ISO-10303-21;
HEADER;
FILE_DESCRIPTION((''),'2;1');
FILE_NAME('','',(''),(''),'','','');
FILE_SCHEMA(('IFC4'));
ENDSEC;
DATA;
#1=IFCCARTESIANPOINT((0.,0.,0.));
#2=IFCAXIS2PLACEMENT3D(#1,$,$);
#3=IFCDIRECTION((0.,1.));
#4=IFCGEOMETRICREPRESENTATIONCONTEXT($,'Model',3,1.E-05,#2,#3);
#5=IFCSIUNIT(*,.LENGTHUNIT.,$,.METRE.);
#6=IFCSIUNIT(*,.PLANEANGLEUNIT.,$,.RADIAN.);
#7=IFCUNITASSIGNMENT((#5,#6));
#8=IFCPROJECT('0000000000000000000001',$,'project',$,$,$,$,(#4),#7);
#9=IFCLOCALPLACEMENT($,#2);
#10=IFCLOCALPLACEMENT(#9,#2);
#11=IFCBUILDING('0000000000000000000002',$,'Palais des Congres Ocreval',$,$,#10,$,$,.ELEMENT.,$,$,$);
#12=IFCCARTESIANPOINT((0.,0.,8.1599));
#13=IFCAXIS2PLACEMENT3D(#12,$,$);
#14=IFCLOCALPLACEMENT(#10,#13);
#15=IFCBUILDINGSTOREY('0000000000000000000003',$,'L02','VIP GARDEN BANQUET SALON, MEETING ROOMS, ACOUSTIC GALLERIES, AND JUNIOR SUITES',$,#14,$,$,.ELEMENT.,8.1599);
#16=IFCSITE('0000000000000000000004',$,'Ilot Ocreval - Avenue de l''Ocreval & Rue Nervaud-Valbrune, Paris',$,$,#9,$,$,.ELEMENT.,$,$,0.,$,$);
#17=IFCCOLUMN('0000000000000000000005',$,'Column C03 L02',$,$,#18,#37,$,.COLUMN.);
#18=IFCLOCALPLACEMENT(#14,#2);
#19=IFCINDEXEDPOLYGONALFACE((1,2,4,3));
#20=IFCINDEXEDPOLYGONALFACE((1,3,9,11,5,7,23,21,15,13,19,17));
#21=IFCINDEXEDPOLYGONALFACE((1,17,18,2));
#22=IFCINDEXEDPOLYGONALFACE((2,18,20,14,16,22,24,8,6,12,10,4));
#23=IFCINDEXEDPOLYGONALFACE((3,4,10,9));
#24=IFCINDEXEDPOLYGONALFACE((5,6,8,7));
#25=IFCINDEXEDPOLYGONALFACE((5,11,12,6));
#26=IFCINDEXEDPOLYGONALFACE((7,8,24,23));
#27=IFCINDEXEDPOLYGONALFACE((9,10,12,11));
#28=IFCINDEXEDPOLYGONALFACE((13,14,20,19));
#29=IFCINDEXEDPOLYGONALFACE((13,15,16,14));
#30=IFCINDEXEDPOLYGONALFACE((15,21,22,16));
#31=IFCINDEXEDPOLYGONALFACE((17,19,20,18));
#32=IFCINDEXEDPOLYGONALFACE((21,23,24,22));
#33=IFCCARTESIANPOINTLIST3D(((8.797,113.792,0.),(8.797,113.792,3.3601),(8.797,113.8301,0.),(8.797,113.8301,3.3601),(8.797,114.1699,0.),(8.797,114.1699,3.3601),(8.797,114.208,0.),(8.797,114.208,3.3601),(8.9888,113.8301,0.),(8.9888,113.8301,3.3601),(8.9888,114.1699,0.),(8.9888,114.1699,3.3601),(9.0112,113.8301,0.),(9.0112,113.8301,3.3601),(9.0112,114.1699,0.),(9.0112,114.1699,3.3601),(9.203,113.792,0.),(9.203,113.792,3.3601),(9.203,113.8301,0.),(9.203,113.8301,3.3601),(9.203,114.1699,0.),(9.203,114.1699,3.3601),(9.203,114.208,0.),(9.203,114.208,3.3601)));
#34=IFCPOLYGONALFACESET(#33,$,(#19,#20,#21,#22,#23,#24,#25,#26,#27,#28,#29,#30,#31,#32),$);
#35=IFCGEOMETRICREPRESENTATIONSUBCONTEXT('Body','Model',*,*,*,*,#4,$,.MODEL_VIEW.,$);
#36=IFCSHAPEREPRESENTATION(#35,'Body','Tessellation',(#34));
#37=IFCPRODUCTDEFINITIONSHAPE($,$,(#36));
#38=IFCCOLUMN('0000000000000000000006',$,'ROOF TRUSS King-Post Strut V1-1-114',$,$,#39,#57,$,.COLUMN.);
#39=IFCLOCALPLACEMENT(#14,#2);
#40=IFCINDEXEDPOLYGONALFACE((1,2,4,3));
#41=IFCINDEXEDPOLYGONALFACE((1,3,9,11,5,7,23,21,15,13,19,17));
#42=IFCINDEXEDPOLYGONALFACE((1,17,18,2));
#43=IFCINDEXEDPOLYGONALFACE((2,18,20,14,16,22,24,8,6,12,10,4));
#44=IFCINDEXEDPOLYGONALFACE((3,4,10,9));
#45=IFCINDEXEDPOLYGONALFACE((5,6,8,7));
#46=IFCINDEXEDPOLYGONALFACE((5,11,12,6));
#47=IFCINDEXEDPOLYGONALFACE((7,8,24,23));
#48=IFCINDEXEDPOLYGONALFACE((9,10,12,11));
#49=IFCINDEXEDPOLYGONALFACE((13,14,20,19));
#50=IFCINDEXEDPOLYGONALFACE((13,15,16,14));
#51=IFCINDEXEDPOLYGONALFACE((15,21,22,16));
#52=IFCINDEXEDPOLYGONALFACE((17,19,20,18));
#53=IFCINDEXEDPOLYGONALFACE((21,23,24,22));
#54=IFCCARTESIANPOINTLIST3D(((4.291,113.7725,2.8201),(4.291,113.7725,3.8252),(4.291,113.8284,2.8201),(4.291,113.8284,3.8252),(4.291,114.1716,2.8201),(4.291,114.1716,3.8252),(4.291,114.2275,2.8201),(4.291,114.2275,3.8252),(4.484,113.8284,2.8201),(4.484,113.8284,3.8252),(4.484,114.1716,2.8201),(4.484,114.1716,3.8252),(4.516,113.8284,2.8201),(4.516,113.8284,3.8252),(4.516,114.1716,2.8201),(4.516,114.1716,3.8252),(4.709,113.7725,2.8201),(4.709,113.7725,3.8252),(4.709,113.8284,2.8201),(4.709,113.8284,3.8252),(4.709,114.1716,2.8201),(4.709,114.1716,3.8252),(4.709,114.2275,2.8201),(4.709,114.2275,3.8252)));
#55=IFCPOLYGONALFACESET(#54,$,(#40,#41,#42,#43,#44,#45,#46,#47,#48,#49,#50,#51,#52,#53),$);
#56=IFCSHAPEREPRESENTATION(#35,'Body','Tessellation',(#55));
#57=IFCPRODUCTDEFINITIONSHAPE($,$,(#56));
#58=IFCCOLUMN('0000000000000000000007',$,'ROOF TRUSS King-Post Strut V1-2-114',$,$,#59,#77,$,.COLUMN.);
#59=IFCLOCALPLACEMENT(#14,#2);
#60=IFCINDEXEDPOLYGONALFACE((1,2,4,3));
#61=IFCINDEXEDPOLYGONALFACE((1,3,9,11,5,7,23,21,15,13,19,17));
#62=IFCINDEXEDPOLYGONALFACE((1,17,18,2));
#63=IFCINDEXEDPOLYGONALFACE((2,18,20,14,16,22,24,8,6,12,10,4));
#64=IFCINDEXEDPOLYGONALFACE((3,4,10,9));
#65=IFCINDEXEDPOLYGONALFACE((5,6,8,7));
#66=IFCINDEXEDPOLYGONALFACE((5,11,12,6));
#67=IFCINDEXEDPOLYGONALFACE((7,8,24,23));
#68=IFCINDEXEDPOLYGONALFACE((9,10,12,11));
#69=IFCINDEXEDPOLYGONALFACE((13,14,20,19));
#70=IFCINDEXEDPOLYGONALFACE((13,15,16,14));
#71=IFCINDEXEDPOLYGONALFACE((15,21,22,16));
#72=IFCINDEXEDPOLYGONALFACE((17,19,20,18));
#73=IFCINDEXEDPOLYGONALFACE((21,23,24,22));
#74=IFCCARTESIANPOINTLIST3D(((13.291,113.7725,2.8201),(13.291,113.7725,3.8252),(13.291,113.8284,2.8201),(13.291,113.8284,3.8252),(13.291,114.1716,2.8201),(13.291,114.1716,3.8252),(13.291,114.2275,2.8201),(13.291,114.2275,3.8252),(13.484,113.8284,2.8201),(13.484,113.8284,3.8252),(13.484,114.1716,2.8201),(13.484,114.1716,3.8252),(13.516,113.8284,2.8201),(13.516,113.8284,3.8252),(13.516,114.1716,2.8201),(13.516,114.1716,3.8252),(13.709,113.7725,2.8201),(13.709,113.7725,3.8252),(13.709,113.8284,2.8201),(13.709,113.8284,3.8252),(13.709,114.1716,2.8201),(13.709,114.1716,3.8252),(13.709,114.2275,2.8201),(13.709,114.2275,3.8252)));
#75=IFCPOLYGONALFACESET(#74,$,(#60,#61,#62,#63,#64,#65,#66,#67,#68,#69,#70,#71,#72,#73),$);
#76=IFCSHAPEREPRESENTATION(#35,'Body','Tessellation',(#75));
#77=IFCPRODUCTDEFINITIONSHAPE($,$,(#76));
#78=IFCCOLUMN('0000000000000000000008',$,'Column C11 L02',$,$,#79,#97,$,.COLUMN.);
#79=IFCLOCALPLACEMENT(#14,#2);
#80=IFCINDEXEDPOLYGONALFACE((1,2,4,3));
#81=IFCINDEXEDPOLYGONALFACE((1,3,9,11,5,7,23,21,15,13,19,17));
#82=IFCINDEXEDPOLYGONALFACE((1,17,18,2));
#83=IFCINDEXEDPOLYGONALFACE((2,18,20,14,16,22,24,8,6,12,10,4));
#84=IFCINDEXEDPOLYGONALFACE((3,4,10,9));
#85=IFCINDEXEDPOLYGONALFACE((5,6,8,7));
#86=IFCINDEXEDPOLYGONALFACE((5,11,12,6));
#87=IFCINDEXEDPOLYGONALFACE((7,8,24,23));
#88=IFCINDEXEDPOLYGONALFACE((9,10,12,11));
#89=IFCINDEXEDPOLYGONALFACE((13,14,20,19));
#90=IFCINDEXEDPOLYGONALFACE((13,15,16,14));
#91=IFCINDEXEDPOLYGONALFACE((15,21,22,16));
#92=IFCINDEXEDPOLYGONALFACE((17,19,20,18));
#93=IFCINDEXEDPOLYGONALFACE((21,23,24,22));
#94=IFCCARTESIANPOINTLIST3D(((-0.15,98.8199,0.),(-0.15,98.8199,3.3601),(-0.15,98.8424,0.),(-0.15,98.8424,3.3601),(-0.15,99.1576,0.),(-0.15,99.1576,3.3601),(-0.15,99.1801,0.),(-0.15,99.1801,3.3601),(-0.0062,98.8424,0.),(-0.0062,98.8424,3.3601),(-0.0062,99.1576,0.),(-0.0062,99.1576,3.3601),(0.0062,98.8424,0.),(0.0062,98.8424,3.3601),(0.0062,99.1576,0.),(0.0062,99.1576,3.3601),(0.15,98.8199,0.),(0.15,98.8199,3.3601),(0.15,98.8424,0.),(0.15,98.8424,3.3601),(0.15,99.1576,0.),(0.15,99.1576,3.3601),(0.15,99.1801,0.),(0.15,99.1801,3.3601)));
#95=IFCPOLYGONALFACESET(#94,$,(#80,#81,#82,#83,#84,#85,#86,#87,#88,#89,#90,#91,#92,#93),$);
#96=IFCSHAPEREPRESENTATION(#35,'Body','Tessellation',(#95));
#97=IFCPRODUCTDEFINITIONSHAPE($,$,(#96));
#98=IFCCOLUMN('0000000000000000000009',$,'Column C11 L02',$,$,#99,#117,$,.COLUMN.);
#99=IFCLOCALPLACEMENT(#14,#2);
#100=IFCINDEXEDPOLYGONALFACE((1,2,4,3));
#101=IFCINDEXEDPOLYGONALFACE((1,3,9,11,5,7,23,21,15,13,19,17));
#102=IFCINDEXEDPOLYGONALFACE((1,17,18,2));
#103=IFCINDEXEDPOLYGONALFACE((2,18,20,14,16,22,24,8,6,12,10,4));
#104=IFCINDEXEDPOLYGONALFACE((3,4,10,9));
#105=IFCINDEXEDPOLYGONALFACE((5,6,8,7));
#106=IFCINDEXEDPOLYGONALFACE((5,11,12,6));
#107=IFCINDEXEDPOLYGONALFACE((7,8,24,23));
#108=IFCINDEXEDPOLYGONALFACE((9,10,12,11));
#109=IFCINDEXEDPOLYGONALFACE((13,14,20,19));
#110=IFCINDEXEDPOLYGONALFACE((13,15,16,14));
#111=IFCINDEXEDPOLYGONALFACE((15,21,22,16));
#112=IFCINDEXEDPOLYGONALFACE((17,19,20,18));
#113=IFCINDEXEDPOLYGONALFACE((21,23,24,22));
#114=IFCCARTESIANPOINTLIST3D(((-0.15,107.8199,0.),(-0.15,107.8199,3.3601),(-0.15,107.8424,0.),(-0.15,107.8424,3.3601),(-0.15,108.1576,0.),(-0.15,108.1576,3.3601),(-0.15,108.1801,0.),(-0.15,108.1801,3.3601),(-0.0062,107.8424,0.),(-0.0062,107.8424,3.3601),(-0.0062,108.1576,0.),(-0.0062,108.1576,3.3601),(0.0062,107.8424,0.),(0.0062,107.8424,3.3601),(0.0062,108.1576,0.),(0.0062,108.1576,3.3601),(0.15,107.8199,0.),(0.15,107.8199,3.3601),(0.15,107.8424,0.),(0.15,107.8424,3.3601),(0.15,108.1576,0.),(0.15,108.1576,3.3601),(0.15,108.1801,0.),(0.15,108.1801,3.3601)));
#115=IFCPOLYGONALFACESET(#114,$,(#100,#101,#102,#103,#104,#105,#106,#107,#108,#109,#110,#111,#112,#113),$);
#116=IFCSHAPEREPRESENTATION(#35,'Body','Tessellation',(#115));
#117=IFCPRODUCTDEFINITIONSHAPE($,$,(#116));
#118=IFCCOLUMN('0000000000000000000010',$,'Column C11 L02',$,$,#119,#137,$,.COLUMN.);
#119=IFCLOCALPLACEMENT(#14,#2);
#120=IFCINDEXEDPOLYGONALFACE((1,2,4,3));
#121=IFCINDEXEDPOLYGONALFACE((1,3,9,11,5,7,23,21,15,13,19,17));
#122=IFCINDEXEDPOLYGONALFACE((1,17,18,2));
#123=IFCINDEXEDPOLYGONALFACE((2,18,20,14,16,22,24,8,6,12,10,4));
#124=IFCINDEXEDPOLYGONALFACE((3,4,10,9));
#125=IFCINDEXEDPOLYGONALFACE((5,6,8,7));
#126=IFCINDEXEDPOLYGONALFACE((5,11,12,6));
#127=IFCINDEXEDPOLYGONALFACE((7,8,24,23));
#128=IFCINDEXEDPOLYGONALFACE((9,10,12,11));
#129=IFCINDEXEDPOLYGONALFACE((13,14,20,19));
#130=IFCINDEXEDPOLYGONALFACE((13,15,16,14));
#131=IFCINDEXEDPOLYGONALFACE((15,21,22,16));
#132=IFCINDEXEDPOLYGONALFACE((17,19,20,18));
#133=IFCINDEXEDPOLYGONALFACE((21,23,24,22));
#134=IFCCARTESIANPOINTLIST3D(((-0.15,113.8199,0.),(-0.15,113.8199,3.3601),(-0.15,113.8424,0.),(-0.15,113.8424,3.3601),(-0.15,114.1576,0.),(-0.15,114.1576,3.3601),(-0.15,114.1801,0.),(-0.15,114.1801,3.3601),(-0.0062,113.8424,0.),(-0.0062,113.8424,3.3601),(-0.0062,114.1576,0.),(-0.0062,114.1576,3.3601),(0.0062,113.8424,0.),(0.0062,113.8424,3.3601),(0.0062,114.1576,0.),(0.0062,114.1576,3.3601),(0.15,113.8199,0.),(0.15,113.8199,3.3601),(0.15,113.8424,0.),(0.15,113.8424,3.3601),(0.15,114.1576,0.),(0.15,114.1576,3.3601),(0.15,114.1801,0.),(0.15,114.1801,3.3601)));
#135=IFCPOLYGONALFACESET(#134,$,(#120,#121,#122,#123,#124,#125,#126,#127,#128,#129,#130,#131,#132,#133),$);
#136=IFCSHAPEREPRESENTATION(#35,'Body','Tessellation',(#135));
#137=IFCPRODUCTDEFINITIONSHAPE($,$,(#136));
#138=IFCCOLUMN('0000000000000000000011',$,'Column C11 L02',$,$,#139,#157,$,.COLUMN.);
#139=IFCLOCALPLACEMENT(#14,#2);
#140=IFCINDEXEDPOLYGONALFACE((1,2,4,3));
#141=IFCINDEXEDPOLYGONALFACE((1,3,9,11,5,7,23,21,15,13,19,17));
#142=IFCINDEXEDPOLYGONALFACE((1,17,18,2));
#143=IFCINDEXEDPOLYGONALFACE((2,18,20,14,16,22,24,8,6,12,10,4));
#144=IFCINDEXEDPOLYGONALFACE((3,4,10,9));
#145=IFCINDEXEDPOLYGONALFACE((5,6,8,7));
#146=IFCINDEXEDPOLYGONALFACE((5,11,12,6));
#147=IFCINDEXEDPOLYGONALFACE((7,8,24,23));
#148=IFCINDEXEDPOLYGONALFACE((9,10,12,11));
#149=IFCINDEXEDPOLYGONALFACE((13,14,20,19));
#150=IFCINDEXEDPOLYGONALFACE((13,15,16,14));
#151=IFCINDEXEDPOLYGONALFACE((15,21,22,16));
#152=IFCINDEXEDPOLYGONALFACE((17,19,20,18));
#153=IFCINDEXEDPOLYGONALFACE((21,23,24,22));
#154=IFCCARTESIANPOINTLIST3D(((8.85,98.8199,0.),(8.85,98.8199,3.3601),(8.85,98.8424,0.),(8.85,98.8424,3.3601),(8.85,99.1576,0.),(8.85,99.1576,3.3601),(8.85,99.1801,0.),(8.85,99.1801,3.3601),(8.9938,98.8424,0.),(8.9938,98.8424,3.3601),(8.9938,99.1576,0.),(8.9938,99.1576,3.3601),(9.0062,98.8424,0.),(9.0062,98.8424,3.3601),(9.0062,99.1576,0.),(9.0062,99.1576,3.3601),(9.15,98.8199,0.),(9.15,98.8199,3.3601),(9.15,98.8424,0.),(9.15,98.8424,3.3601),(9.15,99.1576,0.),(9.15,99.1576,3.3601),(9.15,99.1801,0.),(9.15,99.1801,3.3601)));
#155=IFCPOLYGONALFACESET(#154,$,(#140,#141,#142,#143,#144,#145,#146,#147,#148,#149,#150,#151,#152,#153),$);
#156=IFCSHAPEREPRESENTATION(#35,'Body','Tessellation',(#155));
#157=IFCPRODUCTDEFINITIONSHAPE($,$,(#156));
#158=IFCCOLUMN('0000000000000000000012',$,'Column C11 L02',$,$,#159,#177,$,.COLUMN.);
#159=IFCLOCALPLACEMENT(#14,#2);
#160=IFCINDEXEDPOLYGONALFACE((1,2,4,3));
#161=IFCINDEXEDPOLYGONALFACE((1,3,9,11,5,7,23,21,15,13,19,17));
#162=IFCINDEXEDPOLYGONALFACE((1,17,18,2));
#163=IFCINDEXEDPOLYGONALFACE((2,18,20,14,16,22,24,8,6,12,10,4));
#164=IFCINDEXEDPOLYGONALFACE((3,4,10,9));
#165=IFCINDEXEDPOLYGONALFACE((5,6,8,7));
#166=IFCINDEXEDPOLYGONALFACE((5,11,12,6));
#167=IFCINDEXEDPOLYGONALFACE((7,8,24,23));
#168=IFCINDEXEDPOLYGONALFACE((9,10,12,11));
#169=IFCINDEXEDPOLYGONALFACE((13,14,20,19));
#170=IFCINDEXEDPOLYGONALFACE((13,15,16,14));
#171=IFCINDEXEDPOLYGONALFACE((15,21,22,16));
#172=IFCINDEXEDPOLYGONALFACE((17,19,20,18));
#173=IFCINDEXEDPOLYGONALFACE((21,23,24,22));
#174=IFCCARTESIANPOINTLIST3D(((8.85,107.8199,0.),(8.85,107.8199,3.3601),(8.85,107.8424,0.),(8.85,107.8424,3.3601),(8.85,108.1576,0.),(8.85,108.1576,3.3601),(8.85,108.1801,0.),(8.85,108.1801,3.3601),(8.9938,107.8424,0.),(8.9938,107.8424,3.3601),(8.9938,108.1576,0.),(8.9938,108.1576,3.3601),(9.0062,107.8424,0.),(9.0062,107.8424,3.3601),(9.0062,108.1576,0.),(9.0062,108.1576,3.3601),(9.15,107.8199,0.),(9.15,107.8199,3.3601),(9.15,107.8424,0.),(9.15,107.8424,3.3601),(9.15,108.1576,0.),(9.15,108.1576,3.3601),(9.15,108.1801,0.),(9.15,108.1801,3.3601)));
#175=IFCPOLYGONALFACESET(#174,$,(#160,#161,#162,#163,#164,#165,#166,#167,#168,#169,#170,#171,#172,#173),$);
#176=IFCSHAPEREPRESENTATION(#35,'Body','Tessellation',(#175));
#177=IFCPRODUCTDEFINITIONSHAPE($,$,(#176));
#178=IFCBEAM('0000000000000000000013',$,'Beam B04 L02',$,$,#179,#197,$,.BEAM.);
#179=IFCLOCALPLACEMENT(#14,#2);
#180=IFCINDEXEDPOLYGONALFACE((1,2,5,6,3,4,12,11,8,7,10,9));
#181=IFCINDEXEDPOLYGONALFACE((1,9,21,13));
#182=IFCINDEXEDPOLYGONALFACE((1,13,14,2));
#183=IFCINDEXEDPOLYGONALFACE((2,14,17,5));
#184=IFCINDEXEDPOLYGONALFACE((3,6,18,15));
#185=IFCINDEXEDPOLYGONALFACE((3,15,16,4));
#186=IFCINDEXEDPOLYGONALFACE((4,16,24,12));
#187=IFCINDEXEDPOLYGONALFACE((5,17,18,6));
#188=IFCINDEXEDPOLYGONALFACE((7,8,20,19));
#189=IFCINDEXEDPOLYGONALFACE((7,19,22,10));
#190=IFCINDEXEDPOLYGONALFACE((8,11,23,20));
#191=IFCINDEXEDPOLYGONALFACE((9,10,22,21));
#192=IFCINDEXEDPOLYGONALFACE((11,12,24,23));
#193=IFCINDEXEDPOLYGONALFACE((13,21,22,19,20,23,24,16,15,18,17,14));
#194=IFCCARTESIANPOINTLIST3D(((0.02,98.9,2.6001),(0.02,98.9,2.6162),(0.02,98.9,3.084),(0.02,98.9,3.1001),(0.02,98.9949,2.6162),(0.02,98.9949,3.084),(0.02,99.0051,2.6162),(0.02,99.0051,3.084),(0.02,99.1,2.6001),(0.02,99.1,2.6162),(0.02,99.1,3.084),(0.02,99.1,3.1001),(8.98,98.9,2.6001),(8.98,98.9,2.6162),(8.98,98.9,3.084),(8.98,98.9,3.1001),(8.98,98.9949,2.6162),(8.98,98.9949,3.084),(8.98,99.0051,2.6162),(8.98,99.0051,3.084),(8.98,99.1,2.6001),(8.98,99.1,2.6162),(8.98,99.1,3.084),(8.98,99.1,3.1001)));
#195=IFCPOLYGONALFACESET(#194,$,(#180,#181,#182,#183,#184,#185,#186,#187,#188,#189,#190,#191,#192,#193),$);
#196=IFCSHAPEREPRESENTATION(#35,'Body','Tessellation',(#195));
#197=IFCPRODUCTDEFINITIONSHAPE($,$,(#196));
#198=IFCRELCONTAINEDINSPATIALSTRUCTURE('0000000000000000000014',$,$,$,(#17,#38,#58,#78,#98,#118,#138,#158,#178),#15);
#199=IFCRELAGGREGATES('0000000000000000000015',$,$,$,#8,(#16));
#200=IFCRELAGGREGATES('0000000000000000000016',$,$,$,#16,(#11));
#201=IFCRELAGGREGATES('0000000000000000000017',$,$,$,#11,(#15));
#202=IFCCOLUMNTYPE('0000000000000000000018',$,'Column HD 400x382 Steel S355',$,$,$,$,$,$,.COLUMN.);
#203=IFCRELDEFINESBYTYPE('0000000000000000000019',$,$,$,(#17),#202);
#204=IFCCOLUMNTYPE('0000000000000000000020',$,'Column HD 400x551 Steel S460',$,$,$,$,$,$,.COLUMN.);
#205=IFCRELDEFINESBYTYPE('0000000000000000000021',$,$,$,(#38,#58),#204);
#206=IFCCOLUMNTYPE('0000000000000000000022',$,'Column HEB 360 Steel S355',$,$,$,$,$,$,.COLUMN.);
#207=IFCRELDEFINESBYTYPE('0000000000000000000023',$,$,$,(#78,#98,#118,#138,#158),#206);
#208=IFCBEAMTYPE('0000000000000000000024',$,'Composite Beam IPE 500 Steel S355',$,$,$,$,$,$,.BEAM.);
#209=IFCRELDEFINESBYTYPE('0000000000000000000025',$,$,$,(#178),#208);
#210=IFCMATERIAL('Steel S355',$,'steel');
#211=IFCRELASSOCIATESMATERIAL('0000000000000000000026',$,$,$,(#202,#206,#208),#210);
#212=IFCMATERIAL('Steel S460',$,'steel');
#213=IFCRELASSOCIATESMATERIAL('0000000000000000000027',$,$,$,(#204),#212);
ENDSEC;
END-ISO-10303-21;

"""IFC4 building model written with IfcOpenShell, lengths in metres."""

from ifc_helpers import new_model, si_unit, direction, frame, origin, origin_2d, place, context, subcontext, project, spatial, i_section, extrude, material, material_profile, profile_set, type_object, element, save


model = new_model("IFC4")

# Units and contexts
model_context = context("Model", 3, precision=1e-05, world=origin(), true_north=direction((0.0, 1.0)))
body_context = subcontext(model_context, "Body", "Model", "MODEL_VIEW")
ifc_project = project(units=[si_unit("LENGTHUNIT", "METRE"), si_unit("PLANEANGLEUNIT", "RADIAN")], contexts=[model_context])

# Site, building, storey
site_placement = place(None, origin())
site = spatial("IfcSite", under=ifc_project, at=site_placement, Name="Ilot Ocreval - Avenue de l'Ocreval & Rue Nervaud-Valbrune, Paris", CompositionType="ELEMENT", RefElevation=0.0)
building_placement = place(site_placement, origin())
building = spatial("IfcBuilding", under=site, at=building_placement, Name="Palais des Congres Ocreval", CompositionType="ELEMENT")
storey_placement = place(building_placement, frame((0.0, 0.0, 8.1599)))
storey = spatial("IfcBuildingStorey", under=building, at=storey_placement, Name="L02", Description="VIP GARDEN BANQUET SALON, MEETING ROOMS, ACOUSTIC GALLERIES, AND JUNIOR SUITES", CompositionType="ELEMENT", Elevation=8.1599)

# Columns
ifc_material_1 = material(Name="Steel S355", Category="steel")
ifc_material_profile_1 = material_profile(ifc_material_1, i_section(OverallWidth=0.406, OverallDepth=0.416, WebThickness=0.0225, FlangeThickness=0.0381, at=origin_2d()), Name="HD 400x382")
ifc_profile_set_1 = profile_set([ifc_material_profile_1], Name="Steel S355")
column_type_1 = type_object("IfcColumnType", Name="Column HD 400x382 Steel S355", PredefinedType="COLUMN", material=ifc_profile_set_1)
column_placement = place(storey_placement, frame((9.0, 114.0, 0.0), z_axis=(0.0, 0.0, 1.0), x_axis=(1.0, 0.0, 0.0)))
element("IfcColumn", 1, at=column_placement, inside=storey, type_object=column_type_1, Name="Column C03 L02", PredefinedType="COLUMN", context=body_context, shape_type="SweptSolid", body=[
    extrude(i_section(OverallWidth=0.406, OverallDepth=0.416, WebThickness=0.0225, FlangeThickness=0.0381, at=origin_2d()), origin(), (0.0, 0.0, 1.0), 3.3601),
])
ifc_material_2 = material(Name="Steel S460", Category="steel")
ifc_material_profile_2 = material_profile(ifc_material_2, i_section(OverallWidth=0.418, OverallDepth=0.4551, WebThickness=0.032, FlangeThickness=0.0559, at=origin_2d()), Name="HD 400x551")
ifc_profile_set_2 = profile_set([ifc_material_profile_2], Name="Steel S460")
column_type_2 = type_object("IfcColumnType", Name="Column HD 400x551 Steel S460", PredefinedType="COLUMN", material=ifc_profile_set_2)
for number, where, z_axis, x_axis, name in (
    (2, (4.5, 114.0, 2.8201), (0.0, 0.0, 1.0), (1.0, 0.0, 0.0), "ROOF TRUSS King-Post Strut V1-1-114"),
    (3, (13.5, 114.0, 2.8201), (0.0, 0.0, 1.0), (1.0, 0.0, 0.0), "ROOF TRUSS King-Post Strut V1-2-114"),
):
    element("IfcColumn", number, at=place(storey_placement, frame(where, z_axis=z_axis, x_axis=x_axis)), inside=storey, type_object=column_type_2, Name=name, PredefinedType="COLUMN", context=body_context, shape_type="SweptSolid", body=[
        extrude(i_section(OverallWidth=0.418, OverallDepth=0.4551, WebThickness=0.032, FlangeThickness=0.0559, at=origin_2d()), origin(), (0.0, 0.0, 1.0), 1.0051),
    ])
ifc_material_profile_3 = material_profile(ifc_material_1, i_section(OverallWidth=0.3, OverallDepth=0.3601, WebThickness=0.0125, FlangeThickness=0.0225, at=origin_2d()), Name="HEB 360")
ifc_profile_set_3 = profile_set([ifc_material_profile_3], Name="Steel S355")
column_type_3 = type_object("IfcColumnType", Name="Column HEB 360 Steel S355", PredefinedType="COLUMN", material=ifc_profile_set_3)
for number, where, z_axis, x_axis, name in (
    (4, (0.0, 99.0, 0.0), (0.0, 0.0, 1.0), (1.0, 0.0, 0.0), "Column C11 L02"),
    (5, (0.0, 108.0, 0.0), (0.0, 0.0, 1.0), (1.0, 0.0, 0.0), "Column C11 L02"),
    (6, (0.0, 114.0, 0.0), (0.0, 0.0, 1.0), (1.0, 0.0, 0.0), "Column C11 L02"),
    (7, (9.0, 99.0, 0.0), (0.0, 0.0, 1.0), (1.0, 0.0, 0.0), "Column C11 L02"),
    (8, (9.0, 108.0, 0.0), (0.0, 0.0, 1.0), (1.0, 0.0, 0.0), "Column C11 L02"),
):
    element("IfcColumn", number, at=place(storey_placement, frame(where, z_axis=z_axis, x_axis=x_axis)), inside=storey, type_object=column_type_3, Name=name, PredefinedType="COLUMN", context=body_context, shape_type="SweptSolid", body=[
        extrude(i_section(OverallWidth=0.3, OverallDepth=0.3601, WebThickness=0.0125, FlangeThickness=0.0225, at=origin_2d()), origin(), (0.0, 0.0, 1.0), 3.3601),
    ])

# Beam
ifc_material_profile_4 = material_profile(ifc_material_1, i_section(OverallWidth=0.2, OverallDepth=0.5, WebThickness=0.0103, FlangeThickness=0.0161, at=origin_2d()), Name="IPE 500")
ifc_profile_set_4 = profile_set([ifc_material_profile_4], Name="Steel S355")
beam_type_1 = type_object("IfcBeamType", Name="Composite Beam IPE 500 Steel S355", PredefinedType="BEAM", material=ifc_profile_set_4)
beam_1_placement = place(storey_placement, frame((0.02, 99.0, 2.8501), z_axis=(1.0, 0.0, 0.0), x_axis=(0.0, 1.0, 0.0)))
element("IfcBeam", 9, at=beam_1_placement, inside=storey, type_object=beam_type_1, Name="Beam B04 L02", PredefinedType="BEAM", context=body_context, shape_type="SweptSolid", body=[
    extrude(i_section(OverallWidth=0.2, OverallDepth=0.5, WebThickness=0.0103, FlangeThickness=0.0161, at=origin_2d()), origin(), (0.0, 0.0, 1.0), 8.96),
])

save(model, "model.ifc")
